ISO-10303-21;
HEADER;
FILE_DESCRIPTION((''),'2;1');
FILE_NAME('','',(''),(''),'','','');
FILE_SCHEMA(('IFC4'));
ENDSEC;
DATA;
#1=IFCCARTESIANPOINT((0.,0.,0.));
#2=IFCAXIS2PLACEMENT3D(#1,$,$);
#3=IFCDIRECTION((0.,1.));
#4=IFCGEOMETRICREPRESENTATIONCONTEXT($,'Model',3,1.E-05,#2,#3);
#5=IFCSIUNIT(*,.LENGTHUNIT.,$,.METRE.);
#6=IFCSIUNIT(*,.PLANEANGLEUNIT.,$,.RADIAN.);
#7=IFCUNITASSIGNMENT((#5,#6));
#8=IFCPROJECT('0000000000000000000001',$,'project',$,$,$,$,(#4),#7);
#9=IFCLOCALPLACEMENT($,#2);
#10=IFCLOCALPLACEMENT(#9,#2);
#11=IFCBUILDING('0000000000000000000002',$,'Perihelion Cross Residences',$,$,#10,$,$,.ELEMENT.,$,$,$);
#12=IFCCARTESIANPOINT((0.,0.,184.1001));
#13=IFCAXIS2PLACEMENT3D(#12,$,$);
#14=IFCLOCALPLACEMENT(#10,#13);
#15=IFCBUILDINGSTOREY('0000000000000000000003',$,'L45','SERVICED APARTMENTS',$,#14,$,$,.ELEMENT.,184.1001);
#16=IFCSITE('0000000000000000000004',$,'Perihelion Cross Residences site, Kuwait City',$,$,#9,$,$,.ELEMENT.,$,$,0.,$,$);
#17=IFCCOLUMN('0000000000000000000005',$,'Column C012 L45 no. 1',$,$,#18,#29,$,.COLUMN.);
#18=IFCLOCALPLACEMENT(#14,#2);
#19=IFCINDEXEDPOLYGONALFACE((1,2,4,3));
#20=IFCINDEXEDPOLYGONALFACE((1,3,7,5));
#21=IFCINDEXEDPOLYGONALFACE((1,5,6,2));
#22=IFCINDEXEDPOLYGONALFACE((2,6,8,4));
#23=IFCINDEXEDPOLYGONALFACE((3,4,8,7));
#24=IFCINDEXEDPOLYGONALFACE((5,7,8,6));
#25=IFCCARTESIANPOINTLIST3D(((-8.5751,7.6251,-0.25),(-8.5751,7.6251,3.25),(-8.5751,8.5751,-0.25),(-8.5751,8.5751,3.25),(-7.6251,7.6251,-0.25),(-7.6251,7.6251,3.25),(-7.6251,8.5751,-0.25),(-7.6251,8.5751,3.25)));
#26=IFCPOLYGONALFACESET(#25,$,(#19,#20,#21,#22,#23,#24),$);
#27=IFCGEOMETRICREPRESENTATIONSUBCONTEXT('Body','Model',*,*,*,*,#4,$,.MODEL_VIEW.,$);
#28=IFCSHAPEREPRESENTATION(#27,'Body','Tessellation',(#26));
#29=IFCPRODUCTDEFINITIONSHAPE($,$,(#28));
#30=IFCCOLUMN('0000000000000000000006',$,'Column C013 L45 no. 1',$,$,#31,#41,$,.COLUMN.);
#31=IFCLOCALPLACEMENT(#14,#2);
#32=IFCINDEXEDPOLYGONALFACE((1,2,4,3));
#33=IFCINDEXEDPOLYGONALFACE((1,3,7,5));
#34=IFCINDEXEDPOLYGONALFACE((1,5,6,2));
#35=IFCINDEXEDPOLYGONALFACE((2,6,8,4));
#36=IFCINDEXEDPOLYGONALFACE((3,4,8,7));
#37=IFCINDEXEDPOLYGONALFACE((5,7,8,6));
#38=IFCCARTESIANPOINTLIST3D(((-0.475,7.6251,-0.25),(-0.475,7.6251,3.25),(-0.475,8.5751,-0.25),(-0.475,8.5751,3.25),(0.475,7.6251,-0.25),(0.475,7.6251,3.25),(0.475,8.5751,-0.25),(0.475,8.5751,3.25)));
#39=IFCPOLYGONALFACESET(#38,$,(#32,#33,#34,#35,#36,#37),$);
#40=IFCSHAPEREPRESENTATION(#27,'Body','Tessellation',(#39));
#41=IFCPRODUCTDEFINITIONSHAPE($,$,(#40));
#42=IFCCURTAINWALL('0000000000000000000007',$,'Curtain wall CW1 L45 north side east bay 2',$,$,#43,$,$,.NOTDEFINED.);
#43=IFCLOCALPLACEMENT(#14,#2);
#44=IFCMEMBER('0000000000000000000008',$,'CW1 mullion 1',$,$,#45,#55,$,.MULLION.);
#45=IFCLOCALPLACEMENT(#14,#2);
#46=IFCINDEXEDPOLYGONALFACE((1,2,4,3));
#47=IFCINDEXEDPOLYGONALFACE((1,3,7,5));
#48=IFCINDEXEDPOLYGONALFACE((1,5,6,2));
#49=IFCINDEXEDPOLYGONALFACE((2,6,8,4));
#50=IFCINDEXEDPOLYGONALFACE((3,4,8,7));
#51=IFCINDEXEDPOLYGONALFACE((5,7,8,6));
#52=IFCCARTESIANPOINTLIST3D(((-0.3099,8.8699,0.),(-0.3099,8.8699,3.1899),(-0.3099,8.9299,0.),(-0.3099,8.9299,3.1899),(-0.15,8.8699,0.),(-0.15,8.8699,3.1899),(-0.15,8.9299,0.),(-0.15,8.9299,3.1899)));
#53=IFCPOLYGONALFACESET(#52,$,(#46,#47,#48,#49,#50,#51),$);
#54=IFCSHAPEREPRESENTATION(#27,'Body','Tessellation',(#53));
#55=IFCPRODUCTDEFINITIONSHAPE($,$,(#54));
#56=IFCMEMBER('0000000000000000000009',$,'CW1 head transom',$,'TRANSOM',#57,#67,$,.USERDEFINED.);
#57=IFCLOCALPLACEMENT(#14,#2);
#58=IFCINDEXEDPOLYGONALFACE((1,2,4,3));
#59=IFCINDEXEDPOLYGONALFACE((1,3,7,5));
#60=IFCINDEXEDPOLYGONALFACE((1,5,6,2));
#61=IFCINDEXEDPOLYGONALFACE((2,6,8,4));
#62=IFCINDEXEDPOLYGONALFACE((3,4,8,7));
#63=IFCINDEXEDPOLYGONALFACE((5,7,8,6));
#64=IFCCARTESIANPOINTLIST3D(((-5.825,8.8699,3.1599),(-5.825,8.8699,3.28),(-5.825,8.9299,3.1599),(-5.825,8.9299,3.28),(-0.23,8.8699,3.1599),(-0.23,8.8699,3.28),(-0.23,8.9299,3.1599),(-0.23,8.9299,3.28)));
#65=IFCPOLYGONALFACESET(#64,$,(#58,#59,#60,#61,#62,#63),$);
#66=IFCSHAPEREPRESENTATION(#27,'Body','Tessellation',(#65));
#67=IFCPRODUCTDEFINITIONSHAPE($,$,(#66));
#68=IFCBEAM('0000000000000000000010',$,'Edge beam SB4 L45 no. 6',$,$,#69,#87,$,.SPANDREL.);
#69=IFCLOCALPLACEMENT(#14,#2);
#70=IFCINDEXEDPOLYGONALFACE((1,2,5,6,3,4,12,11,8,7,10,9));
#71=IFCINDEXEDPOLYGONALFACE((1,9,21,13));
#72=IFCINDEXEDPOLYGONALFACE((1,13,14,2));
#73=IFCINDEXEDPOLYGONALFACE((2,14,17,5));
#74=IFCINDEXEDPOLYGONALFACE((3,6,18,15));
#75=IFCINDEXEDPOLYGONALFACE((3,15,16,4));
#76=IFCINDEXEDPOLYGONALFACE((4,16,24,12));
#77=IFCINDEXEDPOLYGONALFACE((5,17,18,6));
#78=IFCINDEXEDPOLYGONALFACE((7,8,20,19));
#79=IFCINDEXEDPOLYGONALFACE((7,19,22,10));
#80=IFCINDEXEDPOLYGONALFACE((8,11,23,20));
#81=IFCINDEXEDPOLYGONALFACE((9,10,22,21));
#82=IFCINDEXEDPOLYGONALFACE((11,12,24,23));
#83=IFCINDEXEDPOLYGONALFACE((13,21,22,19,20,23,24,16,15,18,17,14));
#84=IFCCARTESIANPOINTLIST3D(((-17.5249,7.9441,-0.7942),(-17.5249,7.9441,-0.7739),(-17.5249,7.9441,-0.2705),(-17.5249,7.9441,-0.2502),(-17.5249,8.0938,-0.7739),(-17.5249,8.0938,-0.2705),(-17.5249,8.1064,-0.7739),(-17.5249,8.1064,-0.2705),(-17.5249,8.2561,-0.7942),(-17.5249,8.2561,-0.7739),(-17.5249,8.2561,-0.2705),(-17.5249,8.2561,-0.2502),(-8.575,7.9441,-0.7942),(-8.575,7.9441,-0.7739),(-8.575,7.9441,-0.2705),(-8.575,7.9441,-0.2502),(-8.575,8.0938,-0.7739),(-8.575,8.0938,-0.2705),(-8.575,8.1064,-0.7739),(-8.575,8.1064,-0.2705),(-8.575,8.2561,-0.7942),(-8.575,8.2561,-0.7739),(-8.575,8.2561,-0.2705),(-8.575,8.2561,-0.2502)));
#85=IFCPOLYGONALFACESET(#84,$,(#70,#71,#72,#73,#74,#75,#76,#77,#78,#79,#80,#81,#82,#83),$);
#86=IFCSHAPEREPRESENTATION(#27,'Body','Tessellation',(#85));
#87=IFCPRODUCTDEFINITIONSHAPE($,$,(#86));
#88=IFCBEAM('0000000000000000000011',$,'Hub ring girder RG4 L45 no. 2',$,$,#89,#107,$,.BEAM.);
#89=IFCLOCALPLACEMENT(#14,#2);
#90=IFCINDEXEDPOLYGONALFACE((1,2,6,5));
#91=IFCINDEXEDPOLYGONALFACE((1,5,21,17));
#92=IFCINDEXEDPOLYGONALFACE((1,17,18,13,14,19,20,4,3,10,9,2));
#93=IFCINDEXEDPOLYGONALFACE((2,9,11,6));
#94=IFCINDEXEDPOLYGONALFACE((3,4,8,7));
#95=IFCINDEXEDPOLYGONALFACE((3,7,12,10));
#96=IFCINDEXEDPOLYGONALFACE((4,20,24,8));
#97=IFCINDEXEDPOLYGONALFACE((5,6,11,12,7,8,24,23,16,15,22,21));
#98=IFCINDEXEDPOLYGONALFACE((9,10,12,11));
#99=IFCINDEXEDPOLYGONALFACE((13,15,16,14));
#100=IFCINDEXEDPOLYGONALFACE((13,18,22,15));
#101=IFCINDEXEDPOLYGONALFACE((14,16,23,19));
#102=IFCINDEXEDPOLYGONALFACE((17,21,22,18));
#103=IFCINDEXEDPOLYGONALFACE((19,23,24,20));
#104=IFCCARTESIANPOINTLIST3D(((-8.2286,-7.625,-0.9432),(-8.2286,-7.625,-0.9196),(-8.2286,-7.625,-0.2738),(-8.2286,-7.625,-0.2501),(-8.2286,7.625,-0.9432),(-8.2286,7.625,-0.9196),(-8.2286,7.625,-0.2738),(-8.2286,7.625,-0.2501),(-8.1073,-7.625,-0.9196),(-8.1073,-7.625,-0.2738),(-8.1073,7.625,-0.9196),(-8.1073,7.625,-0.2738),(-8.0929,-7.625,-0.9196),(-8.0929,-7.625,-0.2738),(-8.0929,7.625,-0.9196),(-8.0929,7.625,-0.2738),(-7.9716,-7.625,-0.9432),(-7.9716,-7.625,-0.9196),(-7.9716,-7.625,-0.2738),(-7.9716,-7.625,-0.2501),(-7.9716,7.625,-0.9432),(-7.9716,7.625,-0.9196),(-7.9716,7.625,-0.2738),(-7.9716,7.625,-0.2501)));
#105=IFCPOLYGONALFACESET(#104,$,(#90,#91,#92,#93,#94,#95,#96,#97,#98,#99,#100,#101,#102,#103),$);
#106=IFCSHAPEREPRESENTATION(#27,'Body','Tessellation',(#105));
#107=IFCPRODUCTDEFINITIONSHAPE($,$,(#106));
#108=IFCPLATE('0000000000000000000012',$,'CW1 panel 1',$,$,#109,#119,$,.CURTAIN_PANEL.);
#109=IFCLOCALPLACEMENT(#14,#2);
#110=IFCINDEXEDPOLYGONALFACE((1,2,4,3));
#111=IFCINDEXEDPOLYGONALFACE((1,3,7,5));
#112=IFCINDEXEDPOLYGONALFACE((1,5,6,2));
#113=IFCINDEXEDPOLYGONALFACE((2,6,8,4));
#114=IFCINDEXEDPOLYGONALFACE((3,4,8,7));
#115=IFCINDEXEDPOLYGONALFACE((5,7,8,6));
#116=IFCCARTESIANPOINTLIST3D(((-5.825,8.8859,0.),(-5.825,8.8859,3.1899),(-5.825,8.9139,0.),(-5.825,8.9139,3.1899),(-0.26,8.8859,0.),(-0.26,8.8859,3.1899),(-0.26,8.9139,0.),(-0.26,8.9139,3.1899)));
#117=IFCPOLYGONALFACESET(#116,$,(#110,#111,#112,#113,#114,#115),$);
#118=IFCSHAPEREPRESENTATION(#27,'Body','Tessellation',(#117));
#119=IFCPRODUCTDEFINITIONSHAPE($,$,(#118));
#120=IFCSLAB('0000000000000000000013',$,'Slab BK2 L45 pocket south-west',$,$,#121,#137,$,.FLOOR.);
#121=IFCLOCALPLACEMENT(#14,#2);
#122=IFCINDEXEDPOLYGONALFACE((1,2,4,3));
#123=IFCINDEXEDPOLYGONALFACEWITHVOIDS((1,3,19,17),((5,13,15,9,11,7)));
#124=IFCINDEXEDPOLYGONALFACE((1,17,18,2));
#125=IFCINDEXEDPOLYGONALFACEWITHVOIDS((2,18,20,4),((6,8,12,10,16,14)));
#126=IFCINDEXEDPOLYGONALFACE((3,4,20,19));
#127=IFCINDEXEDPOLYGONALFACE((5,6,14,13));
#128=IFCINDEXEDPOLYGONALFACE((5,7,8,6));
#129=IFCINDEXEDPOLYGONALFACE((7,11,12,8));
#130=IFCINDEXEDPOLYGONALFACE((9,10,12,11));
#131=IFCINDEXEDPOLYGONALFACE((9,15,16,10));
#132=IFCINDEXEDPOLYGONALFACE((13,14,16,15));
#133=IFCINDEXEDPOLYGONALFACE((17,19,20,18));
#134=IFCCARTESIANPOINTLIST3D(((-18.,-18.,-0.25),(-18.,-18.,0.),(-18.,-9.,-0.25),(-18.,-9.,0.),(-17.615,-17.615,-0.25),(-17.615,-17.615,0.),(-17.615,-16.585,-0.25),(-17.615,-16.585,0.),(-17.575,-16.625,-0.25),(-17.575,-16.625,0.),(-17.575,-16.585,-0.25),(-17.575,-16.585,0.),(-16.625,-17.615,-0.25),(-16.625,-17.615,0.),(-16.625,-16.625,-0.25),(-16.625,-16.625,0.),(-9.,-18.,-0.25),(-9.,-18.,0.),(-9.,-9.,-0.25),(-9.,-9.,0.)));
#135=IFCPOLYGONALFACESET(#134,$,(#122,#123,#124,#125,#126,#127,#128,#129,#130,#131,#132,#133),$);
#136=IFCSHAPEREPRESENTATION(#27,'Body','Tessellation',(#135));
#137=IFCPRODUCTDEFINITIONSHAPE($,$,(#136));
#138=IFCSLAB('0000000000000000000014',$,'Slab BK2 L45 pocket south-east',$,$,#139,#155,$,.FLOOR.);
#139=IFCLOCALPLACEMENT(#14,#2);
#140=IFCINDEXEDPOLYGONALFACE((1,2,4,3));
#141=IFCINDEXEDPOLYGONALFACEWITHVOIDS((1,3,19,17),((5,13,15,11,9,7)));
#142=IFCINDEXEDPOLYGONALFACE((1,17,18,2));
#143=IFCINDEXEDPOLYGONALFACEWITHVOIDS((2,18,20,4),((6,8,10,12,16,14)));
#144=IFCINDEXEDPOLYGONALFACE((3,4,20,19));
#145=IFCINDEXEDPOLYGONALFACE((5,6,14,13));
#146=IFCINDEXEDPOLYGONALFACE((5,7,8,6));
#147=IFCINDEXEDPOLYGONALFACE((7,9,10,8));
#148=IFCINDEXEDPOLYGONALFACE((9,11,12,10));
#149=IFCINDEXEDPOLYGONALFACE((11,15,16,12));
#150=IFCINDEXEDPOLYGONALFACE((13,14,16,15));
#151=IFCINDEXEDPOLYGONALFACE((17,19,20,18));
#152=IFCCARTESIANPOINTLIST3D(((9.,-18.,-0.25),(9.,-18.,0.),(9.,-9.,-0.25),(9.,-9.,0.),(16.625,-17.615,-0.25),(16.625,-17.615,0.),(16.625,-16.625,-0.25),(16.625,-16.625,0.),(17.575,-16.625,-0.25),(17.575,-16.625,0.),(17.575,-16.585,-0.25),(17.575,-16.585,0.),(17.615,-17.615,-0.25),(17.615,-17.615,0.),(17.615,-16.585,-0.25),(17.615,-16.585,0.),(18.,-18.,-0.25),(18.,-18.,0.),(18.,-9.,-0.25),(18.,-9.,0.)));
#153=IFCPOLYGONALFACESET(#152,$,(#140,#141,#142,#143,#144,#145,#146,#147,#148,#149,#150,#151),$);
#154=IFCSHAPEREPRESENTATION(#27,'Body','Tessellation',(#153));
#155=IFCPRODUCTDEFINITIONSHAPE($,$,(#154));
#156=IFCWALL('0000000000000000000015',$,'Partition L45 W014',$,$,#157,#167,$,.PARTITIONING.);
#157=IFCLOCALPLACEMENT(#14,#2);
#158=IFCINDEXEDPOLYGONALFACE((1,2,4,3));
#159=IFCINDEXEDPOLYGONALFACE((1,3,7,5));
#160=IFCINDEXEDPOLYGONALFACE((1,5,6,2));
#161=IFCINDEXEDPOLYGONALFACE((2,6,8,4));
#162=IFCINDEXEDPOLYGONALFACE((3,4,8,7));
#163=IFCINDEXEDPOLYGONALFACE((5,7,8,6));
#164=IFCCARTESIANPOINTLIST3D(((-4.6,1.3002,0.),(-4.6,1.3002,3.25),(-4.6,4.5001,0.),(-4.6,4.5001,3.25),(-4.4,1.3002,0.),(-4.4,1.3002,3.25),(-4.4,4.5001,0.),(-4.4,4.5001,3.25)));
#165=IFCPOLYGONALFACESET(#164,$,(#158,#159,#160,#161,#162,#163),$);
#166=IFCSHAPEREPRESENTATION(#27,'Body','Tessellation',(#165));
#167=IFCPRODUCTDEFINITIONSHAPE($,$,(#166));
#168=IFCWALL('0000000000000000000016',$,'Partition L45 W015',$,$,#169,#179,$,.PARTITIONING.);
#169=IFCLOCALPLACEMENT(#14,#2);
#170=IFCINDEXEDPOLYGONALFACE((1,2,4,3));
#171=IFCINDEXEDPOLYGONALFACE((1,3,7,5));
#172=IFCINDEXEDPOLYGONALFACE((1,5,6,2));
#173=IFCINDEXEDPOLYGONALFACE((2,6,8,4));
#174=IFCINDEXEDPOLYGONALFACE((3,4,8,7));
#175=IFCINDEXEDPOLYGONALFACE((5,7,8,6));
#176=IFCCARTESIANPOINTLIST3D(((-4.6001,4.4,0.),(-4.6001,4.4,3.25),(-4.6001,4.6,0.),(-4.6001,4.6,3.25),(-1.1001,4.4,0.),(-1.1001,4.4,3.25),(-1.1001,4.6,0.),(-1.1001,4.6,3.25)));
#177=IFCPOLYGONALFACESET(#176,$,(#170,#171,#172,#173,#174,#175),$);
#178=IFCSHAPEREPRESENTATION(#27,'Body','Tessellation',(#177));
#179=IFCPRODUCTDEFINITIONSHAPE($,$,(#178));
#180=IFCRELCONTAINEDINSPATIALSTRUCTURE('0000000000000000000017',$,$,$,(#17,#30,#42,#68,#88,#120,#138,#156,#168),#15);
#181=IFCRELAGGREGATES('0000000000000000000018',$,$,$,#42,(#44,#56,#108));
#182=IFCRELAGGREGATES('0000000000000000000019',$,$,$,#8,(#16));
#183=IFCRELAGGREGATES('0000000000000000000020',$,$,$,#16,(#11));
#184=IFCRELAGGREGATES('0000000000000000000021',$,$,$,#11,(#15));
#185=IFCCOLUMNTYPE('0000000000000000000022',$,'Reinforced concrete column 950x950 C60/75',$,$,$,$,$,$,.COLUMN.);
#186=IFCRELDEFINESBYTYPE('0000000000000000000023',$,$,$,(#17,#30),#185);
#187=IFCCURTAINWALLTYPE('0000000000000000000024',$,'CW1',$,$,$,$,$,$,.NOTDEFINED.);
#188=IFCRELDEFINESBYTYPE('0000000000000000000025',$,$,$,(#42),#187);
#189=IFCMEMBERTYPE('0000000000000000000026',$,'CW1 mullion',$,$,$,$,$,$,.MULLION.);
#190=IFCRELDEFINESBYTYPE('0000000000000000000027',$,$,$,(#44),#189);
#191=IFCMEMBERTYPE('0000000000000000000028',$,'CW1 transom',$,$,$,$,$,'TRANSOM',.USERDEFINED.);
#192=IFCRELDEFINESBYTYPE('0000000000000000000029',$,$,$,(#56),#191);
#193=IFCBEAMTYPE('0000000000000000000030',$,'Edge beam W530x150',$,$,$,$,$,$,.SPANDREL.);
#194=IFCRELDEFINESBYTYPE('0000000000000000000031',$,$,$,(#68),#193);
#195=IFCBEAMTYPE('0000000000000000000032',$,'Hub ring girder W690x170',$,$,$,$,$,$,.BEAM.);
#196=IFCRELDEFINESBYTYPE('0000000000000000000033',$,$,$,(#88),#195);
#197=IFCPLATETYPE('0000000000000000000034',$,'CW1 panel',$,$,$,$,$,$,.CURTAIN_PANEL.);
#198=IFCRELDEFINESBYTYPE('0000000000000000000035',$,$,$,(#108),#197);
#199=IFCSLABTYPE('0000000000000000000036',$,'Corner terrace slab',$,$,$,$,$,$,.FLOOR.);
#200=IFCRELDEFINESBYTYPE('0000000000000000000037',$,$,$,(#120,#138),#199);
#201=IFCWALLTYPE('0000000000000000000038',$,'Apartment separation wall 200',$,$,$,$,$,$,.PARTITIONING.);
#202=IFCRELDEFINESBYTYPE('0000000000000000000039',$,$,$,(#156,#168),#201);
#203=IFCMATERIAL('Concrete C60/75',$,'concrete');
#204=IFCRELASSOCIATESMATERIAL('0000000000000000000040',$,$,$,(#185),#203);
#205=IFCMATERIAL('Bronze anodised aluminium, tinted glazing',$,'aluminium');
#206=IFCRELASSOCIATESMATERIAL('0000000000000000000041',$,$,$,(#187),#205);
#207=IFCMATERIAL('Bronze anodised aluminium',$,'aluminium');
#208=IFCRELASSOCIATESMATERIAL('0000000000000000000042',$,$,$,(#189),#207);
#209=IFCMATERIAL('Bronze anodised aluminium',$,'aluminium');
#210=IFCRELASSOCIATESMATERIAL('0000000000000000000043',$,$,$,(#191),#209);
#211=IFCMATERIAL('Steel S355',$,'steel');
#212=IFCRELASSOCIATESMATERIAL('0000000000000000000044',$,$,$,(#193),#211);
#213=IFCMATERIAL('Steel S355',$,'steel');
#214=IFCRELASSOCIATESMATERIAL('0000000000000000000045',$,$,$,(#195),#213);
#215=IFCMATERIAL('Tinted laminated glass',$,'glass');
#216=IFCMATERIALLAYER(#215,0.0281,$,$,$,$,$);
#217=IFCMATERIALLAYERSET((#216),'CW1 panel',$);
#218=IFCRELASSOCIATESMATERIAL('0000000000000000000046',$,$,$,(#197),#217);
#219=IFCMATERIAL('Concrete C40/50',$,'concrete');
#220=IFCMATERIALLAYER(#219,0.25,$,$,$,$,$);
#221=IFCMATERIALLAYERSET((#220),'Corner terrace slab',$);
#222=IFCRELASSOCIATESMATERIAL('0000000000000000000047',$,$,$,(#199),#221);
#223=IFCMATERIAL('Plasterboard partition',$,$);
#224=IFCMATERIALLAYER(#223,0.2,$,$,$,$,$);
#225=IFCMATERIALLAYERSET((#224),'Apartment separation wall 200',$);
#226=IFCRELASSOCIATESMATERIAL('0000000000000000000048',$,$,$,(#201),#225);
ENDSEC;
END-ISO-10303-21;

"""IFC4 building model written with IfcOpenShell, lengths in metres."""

from ifc_helpers import new_model, si_unit, direction, frame, frame_2d, origin, origin_2d, place, context, subcontext, project, spatial, polyline, rectangle, i_section, outline, extrude, material, layer, layer_set, material_profile, profile_set, type_object, element, aggregate, save


model = new_model("IFC4")

# Units and contexts
model_context = context("Model", 3, precision=1e-05, world=origin(), true_north=direction((0.0, 1.0)))
body_context = subcontext(model_context, "Body", "Model", "MODEL_VIEW")
ifc_project = project(units=[si_unit("LENGTHUNIT", "METRE"), si_unit("PLANEANGLEUNIT", "RADIAN")], contexts=[model_context])

# Site, building, storey
site_placement = place(None, origin())
site = spatial("IfcSite", under=ifc_project, at=site_placement, Name="Perihelion Cross Residences site, Kuwait City", CompositionType="ELEMENT", RefElevation=0.0)
building_placement = place(site_placement, origin())
building = spatial("IfcBuilding", under=site, at=building_placement, Name="Perihelion Cross Residences", CompositionType="ELEMENT")
storey_placement = place(building_placement, frame((0.0, 0.0, 184.1001)))
storey = spatial("IfcBuildingStorey", under=building, at=storey_placement, Name="L45", Description="SERVICED APARTMENTS", CompositionType="ELEMENT", Elevation=184.1001)

# Columns
ifc_material_1 = material(Name="Concrete C60/75", Category="concrete")
ifc_material_profile_1 = material_profile(ifc_material_1, rectangle(XDim=0.95, YDim=0.95, at=origin_2d()), Name="RC 950x950")
ifc_profile_set_1 = profile_set([ifc_material_profile_1], Name="Concrete C60/75")
column_type = type_object("IfcColumnType", Name="Reinforced concrete column 950x950 C60/75", PredefinedType="COLUMN", material=ifc_profile_set_1)
for number, where, z_axis, x_axis, name in (
    (1, (-8.1001, 8.1001, -0.25), (0.0, 0.0, 1.0), (1.0, 0.0, 0.0), "Column C012 L45 no. 1"),
    (2, (0.0, 8.1001, -0.25), (0.0, 0.0, 1.0), (1.0, 0.0, 0.0), "Column C013 L45 no. 1"),
):
    element("IfcColumn", number, at=place(storey_placement, frame(where, z_axis=z_axis, x_axis=x_axis)), inside=storey, type_object=column_type, Name=name, PredefinedType="COLUMN", context=body_context, shape_type="SweptSolid", body=[
        extrude(rectangle(XDim=0.95, YDim=0.95, at=origin_2d()), origin(), (0.0, 0.0, 1.0), 3.5),
    ])

# Curtain wall, members
ifc_material_2 = material(Name="Bronze anodised aluminium, tinted glazing", Category="aluminium")
curtain_wall_type = type_object("IfcCurtainWallType", Name="CW1", PredefinedType="NOTDEFINED", material=ifc_material_2)
curtain_wall_placement = place(storey_placement, origin())
curtain_wall = element("IfcCurtainWall", 3, at=curtain_wall_placement, inside=storey, type_object=curtain_wall_type, Name="Curtain wall CW1 L45 north side east bay 2", PredefinedType="NOTDEFINED")
ifc_material_3 = material(Name="Bronze anodised aluminium", Category="aluminium")
ifc_material_profile_2 = material_profile(ifc_material_3, rectangle(XDim=0.0601, YDim=0.1599, at=origin_2d()), Name="CW1 mullion")
ifc_profile_set_2 = profile_set([ifc_material_profile_2], Name="Bronze anodised aluminium")
member_type_1 = type_object("IfcMemberType", Name="CW1 mullion", PredefinedType="MULLION", material=ifc_profile_set_2)
member_1_placement = place(storey_placement, frame((-0.23, 8.8999, 0.0), z_axis=(0.0, 0.0, 1.0), x_axis=(0.0, -1.0, 0.0)))
member_1 = element("IfcMember", 4, at=member_1_placement, type_object=member_type_1, Name="CW1 mullion 1", PredefinedType="MULLION", context=body_context, shape_type="SweptSolid", body=[
    extrude(rectangle(XDim=0.0601, YDim=0.1599, at=origin_2d()), origin(), (0.0, 0.0, 1.0), 3.1899),
])
ifc_material_4 = material(Name="Bronze anodised aluminium", Category="aluminium")
ifc_material_profile_3 = material_profile(ifc_material_4, rectangle(XDim=0.0601, YDim=0.1201, at=origin_2d()), Name="CW1 transom")
ifc_profile_set_3 = profile_set([ifc_material_profile_3], Name="Bronze anodised aluminium")
member_type_2 = type_object("IfcMemberType", Name="CW1 transom", ElementType="TRANSOM", PredefinedType="USERDEFINED", material=ifc_profile_set_3)
member_2_placement = place(storey_placement, frame((-0.23, 8.8999, 3.22), z_axis=(-1.0, 0.0, 0.0), x_axis=(0.0, -1.0, 0.0)))
member_2 = element("IfcMember", 5, at=member_2_placement, type_object=member_type_2, Name="CW1 head transom", ObjectType="TRANSOM", PredefinedType="USERDEFINED", context=body_context, shape_type="SweptSolid", body=[
    extrude(rectangle(XDim=0.0601, YDim=0.1201, at=origin_2d()), origin(), (0.0, 0.0, 1.0), 5.595),
])

# Beams
ifc_material_5 = material(Name="Steel S355", Category="steel")
ifc_material_profile_4 = material_profile(ifc_material_5, i_section(OverallWidth=0.312, OverallDepth=0.5439, WebThickness=0.0127, FlangeThickness=0.0203, at=origin_2d()), Name="W530x150")
ifc_profile_set_4 = profile_set([ifc_material_profile_4], Name="Steel S355")
beam_type_1 = type_object("IfcBeamType", Name="Edge beam W530x150", PredefinedType="SPANDREL", material=ifc_profile_set_4)
beam_1_placement = place(storey_placement, frame((-8.575, 8.1001, -0.5222), z_axis=(-1.0, 0.0, 0.0), x_axis=(0.0, -1.0, 0.0)))
element("IfcBeam", 6, at=beam_1_placement, inside=storey, type_object=beam_type_1, Name="Edge beam SB4 L45 no. 6", PredefinedType="SPANDREL", context=body_context, shape_type="SweptSolid", body=[
    extrude(i_section(OverallWidth=0.312, OverallDepth=0.5439, WebThickness=0.0127, FlangeThickness=0.0203, at=origin_2d()), origin(), (0.0, 0.0, 1.0), 8.95),
])
ifc_material_6 = material(Name="Steel S355", Category="steel")
ifc_material_profile_5 = material_profile(ifc_material_6, i_section(OverallWidth=0.2571, OverallDepth=0.6931, WebThickness=0.0144, FlangeThickness=0.0237, at=origin_2d()), Name="W690x170")
ifc_profile_set_5 = profile_set([ifc_material_profile_5], Name="Steel S355")
beam_type_2 = type_object("IfcBeamType", Name="Hub ring girder W690x170", PredefinedType="BEAM", material=ifc_profile_set_5)
beam_2_placement = place(storey_placement, frame((-8.1001, 7.625, -0.5967), z_axis=(0.0, -1.0, 0.0), x_axis=(1.0, 0.0, 0.0)))
element("IfcBeam", 7, at=beam_2_placement, inside=storey, type_object=beam_type_2, Name="Hub ring girder RG4 L45 no. 2", PredefinedType="BEAM", context=body_context, shape_type="SweptSolid", body=[
    extrude(i_section(OverallWidth=0.2571, OverallDepth=0.6931, WebThickness=0.0144, FlangeThickness=0.0237, at=origin_2d()), origin(), (0.0, 0.0, 1.0), 15.25),
])

# Plate
ifc_material_7 = material(Name="Tinted laminated glass", Category="glass")
ifc_layer_1 = layer(ifc_material_7, 0.0281)
ifc_layer_set_1 = layer_set([ifc_layer_1], Name="CW1 panel")
plate_type = type_object("IfcPlateType", Name="CW1 panel", PredefinedType="CURTAIN_PANEL", material=ifc_layer_set_1)
plate_placement = place(storey_placement, frame((-3.0425, 8.8999, 0.0), z_axis=(0.0, 0.0, 1.0), x_axis=(-1.0, 0.0, 0.0)))
plate = element("IfcPlate", 8, at=plate_placement, type_object=plate_type, Name="CW1 panel 1", PredefinedType="CURTAIN_PANEL", context=body_context, shape_type="SweptSolid", body=[
    extrude(rectangle(XDim=5.5649, YDim=0.0281, at=origin_2d()), origin(), (0.0, 0.0, 1.0), 3.1899),
])
aggregate(curtain_wall, [member_1, member_2, plate])

# Slabs
ifc_material_8 = material(Name="Concrete C40/50", Category="concrete")
ifc_layer_2 = layer(ifc_material_8, 0.25)
ifc_layer_set_2 = layer_set([ifc_layer_2], Name="Corner terrace slab")
slab_type = type_object("IfcSlabType", Name="Corner terrace slab", PredefinedType="FLOOR", material=ifc_layer_set_2)
slab_1_placement = place(storey_placement, frame((0.0, 0.0, -0.25)))
element("IfcSlab", 9, at=slab_1_placement, inside=storey, type_object=slab_type, Name="Slab BK2 L45 pocket south-west", PredefinedType="FLOOR", context=body_context, shape_type="SweptSolid", body=[
    extrude(outline(polyline([(-9.0, -18.0), (-9.0, -9.0), (-18.0, -9.0), (-18.0, -18.0), (-9.0, -18.0)]), holes=[polyline([(-16.625, -17.615), (-17.615, -17.615), (-17.615, -16.585), (-17.575, -16.585), (-17.575, -16.625), (-16.625, -16.625), (-16.625, -17.615)])]), origin(), (0.0, 0.0, 1.0), 0.25),
])
slab_2_placement = place(storey_placement, frame((0.0, 0.0, -0.25)))
element("IfcSlab", 10, at=slab_2_placement, inside=storey, type_object=slab_type, Name="Slab BK2 L45 pocket south-east", PredefinedType="FLOOR", context=body_context, shape_type="SweptSolid", body=[
    extrude(outline(polyline([(18.0, -18.0), (18.0, -9.0), (9.0, -9.0), (9.0, -18.0), (18.0, -18.0)]), holes=[polyline([(16.625, -17.615), (16.625, -16.625), (17.575, -16.625), (17.575, -16.585), (17.615, -16.585), (17.615, -17.615), (16.625, -17.615)])]), origin(), (0.0, 0.0, 1.0), 0.25),
])

# Walls
ifc_material_9 = material(Name="Plasterboard partition")
ifc_layer_3 = layer(ifc_material_9, 0.2)
ifc_layer_set_3 = layer_set([ifc_layer_3], Name="Apartment separation wall 200")
wall_type_1 = type_object("IfcWallType", Name="Apartment separation wall 200", PredefinedType="PARTITIONING", material=ifc_layer_set_3)
wall_1_placement = place(storey_placement, frame((-4.5, 1.3, 0.0), z_axis=(0.0, 0.0, 1.0), x_axis=(0.0, 1.0, 0.0)))
element("IfcWall", 11, at=wall_1_placement, inside=storey, type_object=wall_type_1, Name="Partition L45 W014", PredefinedType="PARTITIONING", context=body_context, shape_type="SweptSolid", body=[
    extrude(rectangle(XDim=3.2, YDim=0.2, at=frame_2d((1.6001, 0.0))), origin(), (0.0, 0.0, 1.0), 3.25),
])
wall_2_placement = place(storey_placement, frame((-4.6001, 4.5, 0.0), z_axis=(0.0, 0.0, 1.0), x_axis=(1.0, 0.0, 0.0)))
element("IfcWall", 12, at=wall_2_placement, inside=storey, type_object=wall_type_1, Name="Partition L45 W015", PredefinedType="PARTITIONING", context=body_context, shape_type="SweptSolid", body=[
    extrude(rectangle(XDim=3.5, YDim=0.2, at=frame_2d((1.75, 0.0))), origin(), (0.0, 0.0, 1.0), 3.25),
])

save(model, "model.ifc")
